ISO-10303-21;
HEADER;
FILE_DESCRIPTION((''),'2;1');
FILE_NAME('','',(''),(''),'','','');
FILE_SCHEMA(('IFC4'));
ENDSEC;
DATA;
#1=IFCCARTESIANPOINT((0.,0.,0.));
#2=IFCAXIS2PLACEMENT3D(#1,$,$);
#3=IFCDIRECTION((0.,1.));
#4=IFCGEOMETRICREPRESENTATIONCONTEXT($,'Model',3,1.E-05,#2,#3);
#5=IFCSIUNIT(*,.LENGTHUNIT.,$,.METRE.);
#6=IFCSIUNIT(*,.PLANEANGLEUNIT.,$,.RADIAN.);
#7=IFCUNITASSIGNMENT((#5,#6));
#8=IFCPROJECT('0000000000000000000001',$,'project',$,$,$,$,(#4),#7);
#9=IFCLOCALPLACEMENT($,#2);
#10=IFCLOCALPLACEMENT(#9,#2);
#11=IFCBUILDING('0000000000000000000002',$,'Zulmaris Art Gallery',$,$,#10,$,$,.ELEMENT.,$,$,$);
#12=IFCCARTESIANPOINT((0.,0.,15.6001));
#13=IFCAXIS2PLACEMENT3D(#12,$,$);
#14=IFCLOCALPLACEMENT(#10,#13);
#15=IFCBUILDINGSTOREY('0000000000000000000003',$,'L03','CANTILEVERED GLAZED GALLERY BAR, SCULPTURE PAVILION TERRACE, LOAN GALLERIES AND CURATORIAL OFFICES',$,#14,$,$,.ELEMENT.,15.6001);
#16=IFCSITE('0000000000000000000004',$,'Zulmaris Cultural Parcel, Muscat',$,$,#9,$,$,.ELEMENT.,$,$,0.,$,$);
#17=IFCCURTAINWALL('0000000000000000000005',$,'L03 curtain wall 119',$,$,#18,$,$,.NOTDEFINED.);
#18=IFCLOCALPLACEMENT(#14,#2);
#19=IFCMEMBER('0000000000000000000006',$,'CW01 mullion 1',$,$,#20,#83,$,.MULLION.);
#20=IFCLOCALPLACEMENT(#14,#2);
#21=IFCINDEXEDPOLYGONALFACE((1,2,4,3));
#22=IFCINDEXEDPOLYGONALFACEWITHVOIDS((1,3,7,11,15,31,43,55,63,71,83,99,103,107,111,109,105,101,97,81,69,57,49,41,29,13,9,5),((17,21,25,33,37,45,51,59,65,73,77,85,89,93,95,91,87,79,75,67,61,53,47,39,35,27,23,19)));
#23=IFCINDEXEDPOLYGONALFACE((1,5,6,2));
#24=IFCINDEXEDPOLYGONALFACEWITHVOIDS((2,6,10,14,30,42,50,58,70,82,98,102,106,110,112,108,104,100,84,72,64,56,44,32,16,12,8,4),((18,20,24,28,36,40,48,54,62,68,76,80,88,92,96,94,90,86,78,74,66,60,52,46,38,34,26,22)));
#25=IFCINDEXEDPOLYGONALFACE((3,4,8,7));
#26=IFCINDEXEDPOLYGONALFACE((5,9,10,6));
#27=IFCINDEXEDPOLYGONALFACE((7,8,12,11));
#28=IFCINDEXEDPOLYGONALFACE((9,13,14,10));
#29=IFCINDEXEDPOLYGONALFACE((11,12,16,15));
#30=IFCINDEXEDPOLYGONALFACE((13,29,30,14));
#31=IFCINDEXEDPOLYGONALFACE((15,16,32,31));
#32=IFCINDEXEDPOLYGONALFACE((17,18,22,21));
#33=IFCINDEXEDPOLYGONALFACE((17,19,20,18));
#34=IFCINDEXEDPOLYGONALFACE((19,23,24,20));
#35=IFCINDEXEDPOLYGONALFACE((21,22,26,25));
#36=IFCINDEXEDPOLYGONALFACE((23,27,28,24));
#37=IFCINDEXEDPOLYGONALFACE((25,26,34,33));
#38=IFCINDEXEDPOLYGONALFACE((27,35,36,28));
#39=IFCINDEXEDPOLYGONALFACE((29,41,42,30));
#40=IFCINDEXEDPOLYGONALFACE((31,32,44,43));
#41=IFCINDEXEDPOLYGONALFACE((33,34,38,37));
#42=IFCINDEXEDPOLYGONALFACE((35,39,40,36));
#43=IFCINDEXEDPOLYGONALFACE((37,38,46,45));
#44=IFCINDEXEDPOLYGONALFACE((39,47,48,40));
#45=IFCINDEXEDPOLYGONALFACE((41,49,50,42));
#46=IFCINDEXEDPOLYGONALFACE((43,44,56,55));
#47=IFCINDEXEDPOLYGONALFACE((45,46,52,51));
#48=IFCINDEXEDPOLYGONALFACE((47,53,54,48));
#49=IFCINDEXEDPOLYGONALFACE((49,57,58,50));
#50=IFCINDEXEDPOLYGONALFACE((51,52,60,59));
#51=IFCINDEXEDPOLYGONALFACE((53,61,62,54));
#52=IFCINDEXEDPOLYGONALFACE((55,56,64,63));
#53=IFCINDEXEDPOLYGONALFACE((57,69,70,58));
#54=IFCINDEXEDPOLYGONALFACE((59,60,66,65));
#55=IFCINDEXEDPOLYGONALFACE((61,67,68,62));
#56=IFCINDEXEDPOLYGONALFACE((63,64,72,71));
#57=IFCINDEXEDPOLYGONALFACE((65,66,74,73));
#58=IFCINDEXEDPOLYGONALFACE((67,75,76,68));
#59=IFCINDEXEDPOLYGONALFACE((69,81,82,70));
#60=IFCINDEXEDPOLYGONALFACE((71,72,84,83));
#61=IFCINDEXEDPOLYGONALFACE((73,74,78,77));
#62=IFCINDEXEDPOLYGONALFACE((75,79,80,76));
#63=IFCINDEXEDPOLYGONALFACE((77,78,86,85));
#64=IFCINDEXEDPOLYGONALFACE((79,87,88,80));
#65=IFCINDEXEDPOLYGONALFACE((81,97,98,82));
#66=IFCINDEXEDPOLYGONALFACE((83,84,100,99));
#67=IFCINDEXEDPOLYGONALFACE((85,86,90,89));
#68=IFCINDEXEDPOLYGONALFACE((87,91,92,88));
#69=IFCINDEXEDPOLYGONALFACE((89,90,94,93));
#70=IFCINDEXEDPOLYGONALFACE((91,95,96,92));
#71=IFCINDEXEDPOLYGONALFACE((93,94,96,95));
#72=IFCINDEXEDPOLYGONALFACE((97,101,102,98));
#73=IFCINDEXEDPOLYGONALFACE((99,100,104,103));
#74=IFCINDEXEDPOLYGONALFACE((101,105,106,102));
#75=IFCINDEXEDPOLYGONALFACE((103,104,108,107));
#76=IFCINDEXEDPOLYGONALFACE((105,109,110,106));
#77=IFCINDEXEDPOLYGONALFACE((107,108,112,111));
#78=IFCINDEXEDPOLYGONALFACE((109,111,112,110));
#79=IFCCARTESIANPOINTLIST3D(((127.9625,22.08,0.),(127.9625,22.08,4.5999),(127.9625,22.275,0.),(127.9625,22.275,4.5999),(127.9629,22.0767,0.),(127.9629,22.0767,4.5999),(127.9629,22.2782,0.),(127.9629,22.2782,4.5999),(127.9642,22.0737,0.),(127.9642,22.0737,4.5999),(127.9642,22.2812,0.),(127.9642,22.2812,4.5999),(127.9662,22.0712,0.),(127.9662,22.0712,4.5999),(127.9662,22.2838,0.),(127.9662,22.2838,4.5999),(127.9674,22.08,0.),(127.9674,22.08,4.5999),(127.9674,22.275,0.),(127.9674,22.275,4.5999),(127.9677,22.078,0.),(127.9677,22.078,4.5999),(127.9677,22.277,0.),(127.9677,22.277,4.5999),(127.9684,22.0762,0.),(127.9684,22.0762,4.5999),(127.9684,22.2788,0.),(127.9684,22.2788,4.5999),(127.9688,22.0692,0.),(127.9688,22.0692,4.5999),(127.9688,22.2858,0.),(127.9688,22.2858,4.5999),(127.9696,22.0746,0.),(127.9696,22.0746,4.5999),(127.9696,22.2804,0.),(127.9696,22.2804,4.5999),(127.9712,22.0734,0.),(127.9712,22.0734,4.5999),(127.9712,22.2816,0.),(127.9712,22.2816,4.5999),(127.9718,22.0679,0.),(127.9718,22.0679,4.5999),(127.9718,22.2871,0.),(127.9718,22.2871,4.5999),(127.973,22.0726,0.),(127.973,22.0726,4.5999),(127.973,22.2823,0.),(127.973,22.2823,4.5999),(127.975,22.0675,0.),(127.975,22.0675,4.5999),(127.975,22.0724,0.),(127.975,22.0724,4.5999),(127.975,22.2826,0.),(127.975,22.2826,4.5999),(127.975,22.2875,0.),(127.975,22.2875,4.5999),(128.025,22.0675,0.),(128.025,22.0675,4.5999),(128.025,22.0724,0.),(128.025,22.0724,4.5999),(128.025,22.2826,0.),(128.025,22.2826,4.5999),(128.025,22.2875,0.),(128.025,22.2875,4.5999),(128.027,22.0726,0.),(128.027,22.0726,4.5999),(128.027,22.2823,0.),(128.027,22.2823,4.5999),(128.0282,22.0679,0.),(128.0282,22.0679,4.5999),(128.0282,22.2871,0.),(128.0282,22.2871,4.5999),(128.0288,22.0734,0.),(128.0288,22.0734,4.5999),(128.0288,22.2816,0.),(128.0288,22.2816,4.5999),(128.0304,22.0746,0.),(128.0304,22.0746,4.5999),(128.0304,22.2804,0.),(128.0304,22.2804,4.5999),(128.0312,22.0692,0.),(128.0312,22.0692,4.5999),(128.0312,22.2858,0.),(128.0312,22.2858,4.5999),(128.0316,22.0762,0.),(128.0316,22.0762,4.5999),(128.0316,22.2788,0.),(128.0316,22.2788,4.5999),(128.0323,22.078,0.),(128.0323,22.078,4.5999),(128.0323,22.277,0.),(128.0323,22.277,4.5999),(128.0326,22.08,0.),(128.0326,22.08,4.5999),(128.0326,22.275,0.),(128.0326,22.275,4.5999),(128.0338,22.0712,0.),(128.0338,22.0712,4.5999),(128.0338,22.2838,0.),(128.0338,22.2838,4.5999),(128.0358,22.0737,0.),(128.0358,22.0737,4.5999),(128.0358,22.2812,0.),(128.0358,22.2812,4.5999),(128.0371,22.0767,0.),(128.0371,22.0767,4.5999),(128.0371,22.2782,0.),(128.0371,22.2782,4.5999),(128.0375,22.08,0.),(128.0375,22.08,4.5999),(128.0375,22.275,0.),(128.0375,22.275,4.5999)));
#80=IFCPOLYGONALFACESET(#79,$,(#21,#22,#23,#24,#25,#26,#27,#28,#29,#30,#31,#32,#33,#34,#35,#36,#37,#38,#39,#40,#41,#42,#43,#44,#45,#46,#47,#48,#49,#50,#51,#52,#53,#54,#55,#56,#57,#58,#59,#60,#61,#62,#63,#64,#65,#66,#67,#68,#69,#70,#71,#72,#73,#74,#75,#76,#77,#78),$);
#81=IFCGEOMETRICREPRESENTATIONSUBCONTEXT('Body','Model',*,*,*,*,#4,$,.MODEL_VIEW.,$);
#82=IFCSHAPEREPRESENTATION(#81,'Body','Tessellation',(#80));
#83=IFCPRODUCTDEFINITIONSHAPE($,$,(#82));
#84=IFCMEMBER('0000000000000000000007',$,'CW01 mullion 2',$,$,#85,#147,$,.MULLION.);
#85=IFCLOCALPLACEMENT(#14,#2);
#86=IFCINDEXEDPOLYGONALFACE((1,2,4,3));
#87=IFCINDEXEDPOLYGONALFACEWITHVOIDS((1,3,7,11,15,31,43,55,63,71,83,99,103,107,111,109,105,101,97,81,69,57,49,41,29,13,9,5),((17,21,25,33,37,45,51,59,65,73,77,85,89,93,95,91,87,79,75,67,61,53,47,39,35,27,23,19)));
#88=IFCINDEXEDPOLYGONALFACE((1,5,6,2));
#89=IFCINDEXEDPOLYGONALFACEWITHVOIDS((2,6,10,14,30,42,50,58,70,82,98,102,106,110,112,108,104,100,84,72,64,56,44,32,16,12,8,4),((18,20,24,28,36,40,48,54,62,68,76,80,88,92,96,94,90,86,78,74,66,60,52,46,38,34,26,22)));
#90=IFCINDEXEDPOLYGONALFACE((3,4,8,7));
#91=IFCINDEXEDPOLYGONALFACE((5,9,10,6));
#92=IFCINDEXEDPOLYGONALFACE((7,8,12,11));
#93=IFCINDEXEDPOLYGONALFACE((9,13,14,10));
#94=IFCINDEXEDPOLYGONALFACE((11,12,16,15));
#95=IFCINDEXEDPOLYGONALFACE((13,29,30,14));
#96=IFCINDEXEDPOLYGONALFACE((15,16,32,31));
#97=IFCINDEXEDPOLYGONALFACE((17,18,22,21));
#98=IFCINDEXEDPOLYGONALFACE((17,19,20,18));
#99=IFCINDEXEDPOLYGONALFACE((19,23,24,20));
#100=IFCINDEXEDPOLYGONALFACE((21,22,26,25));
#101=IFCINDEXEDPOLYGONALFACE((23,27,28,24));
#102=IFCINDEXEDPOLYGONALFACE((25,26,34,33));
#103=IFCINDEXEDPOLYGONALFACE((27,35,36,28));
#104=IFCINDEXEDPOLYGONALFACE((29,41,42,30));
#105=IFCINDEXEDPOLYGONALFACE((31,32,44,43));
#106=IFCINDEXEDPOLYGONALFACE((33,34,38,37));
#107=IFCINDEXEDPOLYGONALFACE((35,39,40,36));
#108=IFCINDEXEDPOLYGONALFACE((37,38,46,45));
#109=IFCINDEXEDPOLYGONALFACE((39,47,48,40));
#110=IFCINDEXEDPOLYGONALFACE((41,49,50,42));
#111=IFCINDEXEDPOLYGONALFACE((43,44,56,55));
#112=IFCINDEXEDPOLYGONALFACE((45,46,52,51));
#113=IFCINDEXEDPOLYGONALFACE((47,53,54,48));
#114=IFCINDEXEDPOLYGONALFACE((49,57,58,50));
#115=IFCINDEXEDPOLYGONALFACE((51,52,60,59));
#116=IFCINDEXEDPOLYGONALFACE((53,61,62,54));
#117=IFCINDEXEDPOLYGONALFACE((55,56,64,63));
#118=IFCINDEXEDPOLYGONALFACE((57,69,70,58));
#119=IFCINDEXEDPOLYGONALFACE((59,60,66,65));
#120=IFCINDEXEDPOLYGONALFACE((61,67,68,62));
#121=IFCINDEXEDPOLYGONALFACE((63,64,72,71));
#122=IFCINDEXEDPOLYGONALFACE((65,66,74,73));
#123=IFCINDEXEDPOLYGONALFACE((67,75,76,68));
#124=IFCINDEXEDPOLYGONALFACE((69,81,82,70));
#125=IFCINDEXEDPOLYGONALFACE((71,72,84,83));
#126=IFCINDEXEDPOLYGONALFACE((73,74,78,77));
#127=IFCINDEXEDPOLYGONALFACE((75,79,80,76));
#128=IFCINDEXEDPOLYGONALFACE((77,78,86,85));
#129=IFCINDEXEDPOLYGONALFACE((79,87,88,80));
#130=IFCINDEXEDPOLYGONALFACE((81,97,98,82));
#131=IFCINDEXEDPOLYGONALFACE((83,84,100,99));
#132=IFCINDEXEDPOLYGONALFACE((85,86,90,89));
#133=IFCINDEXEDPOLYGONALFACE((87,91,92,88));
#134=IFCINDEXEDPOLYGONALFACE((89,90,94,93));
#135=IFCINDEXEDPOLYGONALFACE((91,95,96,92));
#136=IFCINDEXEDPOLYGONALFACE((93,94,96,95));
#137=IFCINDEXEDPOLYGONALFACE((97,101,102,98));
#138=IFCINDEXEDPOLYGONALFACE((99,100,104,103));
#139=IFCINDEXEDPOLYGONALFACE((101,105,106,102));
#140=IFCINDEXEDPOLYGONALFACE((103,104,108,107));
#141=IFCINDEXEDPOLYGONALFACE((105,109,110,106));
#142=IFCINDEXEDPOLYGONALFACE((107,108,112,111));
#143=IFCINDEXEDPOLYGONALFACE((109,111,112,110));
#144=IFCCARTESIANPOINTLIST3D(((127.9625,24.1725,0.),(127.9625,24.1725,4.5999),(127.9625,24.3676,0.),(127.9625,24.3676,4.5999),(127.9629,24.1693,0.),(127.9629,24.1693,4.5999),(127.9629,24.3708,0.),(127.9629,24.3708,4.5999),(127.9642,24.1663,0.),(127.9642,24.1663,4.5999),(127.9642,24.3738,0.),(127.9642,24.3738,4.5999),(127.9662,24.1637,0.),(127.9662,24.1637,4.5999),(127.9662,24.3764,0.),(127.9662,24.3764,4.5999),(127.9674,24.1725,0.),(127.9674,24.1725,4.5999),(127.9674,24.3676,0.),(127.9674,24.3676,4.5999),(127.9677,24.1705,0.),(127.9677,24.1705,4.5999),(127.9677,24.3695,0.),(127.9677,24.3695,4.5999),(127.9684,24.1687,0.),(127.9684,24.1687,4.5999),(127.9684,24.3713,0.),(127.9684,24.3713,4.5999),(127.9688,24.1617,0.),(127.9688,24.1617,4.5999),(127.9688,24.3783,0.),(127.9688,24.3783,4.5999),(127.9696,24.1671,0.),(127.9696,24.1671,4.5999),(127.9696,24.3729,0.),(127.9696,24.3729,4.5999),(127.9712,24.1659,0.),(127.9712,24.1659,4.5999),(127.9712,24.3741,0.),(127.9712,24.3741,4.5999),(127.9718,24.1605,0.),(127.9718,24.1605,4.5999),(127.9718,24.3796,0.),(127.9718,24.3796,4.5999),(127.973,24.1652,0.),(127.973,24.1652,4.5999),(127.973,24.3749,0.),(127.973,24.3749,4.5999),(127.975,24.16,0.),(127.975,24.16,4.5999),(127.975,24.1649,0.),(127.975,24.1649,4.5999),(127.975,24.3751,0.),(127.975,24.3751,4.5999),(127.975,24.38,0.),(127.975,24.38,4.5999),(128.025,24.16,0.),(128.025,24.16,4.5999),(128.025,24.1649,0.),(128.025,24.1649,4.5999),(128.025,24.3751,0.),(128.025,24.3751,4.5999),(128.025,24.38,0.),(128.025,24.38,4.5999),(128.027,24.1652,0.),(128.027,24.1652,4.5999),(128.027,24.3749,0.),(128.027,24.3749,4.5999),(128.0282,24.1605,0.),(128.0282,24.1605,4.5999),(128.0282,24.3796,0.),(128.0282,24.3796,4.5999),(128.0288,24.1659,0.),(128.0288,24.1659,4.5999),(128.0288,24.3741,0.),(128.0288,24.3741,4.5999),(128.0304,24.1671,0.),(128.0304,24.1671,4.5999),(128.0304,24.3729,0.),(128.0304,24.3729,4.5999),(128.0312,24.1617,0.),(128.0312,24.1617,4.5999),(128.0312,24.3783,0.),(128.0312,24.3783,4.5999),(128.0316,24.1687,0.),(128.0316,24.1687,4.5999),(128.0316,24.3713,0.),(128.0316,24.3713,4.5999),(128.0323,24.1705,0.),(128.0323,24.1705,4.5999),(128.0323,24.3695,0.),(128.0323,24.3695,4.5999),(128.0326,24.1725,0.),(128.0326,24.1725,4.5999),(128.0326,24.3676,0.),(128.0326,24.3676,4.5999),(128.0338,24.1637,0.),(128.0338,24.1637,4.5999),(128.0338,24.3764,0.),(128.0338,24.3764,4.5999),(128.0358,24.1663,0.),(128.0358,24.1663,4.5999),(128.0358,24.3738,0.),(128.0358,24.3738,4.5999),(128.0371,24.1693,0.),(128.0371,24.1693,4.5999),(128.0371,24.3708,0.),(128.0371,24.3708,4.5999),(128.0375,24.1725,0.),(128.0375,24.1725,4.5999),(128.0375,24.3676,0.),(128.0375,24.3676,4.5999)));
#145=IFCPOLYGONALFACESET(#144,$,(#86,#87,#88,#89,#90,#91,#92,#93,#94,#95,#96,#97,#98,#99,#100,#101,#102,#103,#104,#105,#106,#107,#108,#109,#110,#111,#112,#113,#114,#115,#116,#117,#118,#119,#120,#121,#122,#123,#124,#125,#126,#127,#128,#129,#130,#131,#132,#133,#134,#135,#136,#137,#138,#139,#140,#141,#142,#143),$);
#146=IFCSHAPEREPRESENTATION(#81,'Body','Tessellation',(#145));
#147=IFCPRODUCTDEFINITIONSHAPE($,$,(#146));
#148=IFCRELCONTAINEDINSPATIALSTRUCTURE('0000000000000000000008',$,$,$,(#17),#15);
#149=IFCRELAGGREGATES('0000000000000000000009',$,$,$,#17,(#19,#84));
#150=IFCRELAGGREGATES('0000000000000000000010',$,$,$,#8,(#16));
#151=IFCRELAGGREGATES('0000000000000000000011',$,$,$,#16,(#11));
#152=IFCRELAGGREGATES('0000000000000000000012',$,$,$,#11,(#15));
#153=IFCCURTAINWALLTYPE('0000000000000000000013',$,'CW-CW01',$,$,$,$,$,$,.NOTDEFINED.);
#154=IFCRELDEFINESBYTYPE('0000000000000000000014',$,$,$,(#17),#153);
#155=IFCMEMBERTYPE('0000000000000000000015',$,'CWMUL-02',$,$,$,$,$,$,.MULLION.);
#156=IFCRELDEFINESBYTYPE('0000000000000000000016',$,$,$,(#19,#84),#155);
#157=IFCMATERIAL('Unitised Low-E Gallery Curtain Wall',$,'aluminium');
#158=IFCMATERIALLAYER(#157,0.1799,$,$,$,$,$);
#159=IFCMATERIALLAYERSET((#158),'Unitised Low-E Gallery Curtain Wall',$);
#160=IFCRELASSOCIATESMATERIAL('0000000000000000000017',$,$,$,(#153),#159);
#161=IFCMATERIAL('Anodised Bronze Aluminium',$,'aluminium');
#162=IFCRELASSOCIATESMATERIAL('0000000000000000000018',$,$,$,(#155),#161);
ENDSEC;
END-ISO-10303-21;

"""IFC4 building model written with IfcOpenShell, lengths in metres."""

from ifc_helpers import new_model, si_unit, direction, frame, origin, origin_2d, place, context, subcontext, project, spatial, hollow_rectangle, extrude, material, layer, layer_set, material_profile, profile_set, type_object, element, aggregate, save


model = new_model("IFC4")

# Units and contexts
model_context = context("Model", 3, precision=1e-05, world=origin(), true_north=direction((0.0, 1.0)))
body_context = subcontext(model_context, "Body", "Model", "MODEL_VIEW")
ifc_project = project(units=[si_unit("LENGTHUNIT", "METRE"), si_unit("PLANEANGLEUNIT", "RADIAN")], contexts=[model_context])

# Site, building, storey
site_placement = place(None, origin())
site = spatial("IfcSite", under=ifc_project, at=site_placement, Name="Zulmaris Cultural Parcel, Muscat", CompositionType="ELEMENT", RefElevation=0.0)
building_placement = place(site_placement, origin())
building = spatial("IfcBuilding", under=site, at=building_placement, Name="Zulmaris Art Gallery", CompositionType="ELEMENT")
storey_placement = place(building_placement, frame((0.0, 0.0, 15.6001)))
storey = spatial("IfcBuildingStorey", under=building, at=storey_placement, Name="L03", Description="CANTILEVERED GLAZED GALLERY BAR, SCULPTURE PAVILION TERRACE, LOAN GALLERIES AND CURATORIAL OFFICES", CompositionType="ELEMENT", Elevation=15.6001)

# Curtain wall, members
ifc_material_1 = material(Name="Unitised Low-E Gallery Curtain Wall", Category="aluminium")
ifc_layer_1 = layer(ifc_material_1, 0.1799)
ifc_layer_set_1 = layer_set([ifc_layer_1], Name="Unitised Low-E Gallery Curtain Wall")
curtain_wall_type = type_object("IfcCurtainWallType", Name="CW-CW01", PredefinedType="NOTDEFINED", material=ifc_layer_set_1)
curtain_wall_placement = place(storey_placement, origin())
curtain_wall = element("IfcCurtainWall", 1, at=curtain_wall_placement, inside=storey, type_object=curtain_wall_type, Name="L03 curtain wall 119", PredefinedType="NOTDEFINED")
ifc_material_2 = material(Name="Anodised Bronze Aluminium", Category="aluminium")
ifc_material_profile_1 = material_profile(ifc_material_2, hollow_rectangle(XDim=0.075, YDim=0.22, WallThickness=0.0049, InnerFilletRadius=0.0076, OuterFilletRadius=0.0125, at=origin_2d()), Name="ALU 75x220x5")
ifc_profile_set_1 = profile_set([ifc_material_profile_1], Name="Anodised Bronze Aluminium")
member_type_1 = type_object("IfcMemberType", Name="CWMUL-02", PredefinedType="MULLION", material=ifc_profile_set_1)
member_1_placement = place(storey_placement, frame((128.0, 22.1775, 0.0), z_axis=(0.0, 0.0, 1.0), x_axis=(-1.0, 0.0, 0.0)))
member_1 = element("IfcMember", 2, at=member_1_placement, type_object=member_type_1, Name="CW01 mullion 1", PredefinedType="MULLION", context=body_context, shape_type="SweptSolid", body=[
    extrude(hollow_rectangle(XDim=0.075, YDim=0.22, WallThickness=0.0049, InnerFilletRadius=0.0076, OuterFilletRadius=0.0125, at=origin_2d()), origin(), (0.0, 0.0, 1.0), 4.5999),
])
member_2_placement = place(storey_placement, frame((128.0, 24.27, 0.0), z_axis=(0.0, 0.0, 1.0), x_axis=(-1.0, 0.0, 0.0)))
member_2 = element("IfcMember", 3, at=member_2_placement, type_object=member_type_1, Name="CW01 mullion 2", PredefinedType="MULLION", context=body_context, shape_type="SweptSolid", body=[
    extrude(hollow_rectangle(XDim=0.075, YDim=0.22, WallThickness=0.0049, InnerFilletRadius=0.0076, OuterFilletRadius=0.0125, at=origin_2d()), origin(), (0.0, 0.0, 1.0), 4.5999),
])
aggregate(curtain_wall, [member_1, member_2])

save(model, "model.ifc")
